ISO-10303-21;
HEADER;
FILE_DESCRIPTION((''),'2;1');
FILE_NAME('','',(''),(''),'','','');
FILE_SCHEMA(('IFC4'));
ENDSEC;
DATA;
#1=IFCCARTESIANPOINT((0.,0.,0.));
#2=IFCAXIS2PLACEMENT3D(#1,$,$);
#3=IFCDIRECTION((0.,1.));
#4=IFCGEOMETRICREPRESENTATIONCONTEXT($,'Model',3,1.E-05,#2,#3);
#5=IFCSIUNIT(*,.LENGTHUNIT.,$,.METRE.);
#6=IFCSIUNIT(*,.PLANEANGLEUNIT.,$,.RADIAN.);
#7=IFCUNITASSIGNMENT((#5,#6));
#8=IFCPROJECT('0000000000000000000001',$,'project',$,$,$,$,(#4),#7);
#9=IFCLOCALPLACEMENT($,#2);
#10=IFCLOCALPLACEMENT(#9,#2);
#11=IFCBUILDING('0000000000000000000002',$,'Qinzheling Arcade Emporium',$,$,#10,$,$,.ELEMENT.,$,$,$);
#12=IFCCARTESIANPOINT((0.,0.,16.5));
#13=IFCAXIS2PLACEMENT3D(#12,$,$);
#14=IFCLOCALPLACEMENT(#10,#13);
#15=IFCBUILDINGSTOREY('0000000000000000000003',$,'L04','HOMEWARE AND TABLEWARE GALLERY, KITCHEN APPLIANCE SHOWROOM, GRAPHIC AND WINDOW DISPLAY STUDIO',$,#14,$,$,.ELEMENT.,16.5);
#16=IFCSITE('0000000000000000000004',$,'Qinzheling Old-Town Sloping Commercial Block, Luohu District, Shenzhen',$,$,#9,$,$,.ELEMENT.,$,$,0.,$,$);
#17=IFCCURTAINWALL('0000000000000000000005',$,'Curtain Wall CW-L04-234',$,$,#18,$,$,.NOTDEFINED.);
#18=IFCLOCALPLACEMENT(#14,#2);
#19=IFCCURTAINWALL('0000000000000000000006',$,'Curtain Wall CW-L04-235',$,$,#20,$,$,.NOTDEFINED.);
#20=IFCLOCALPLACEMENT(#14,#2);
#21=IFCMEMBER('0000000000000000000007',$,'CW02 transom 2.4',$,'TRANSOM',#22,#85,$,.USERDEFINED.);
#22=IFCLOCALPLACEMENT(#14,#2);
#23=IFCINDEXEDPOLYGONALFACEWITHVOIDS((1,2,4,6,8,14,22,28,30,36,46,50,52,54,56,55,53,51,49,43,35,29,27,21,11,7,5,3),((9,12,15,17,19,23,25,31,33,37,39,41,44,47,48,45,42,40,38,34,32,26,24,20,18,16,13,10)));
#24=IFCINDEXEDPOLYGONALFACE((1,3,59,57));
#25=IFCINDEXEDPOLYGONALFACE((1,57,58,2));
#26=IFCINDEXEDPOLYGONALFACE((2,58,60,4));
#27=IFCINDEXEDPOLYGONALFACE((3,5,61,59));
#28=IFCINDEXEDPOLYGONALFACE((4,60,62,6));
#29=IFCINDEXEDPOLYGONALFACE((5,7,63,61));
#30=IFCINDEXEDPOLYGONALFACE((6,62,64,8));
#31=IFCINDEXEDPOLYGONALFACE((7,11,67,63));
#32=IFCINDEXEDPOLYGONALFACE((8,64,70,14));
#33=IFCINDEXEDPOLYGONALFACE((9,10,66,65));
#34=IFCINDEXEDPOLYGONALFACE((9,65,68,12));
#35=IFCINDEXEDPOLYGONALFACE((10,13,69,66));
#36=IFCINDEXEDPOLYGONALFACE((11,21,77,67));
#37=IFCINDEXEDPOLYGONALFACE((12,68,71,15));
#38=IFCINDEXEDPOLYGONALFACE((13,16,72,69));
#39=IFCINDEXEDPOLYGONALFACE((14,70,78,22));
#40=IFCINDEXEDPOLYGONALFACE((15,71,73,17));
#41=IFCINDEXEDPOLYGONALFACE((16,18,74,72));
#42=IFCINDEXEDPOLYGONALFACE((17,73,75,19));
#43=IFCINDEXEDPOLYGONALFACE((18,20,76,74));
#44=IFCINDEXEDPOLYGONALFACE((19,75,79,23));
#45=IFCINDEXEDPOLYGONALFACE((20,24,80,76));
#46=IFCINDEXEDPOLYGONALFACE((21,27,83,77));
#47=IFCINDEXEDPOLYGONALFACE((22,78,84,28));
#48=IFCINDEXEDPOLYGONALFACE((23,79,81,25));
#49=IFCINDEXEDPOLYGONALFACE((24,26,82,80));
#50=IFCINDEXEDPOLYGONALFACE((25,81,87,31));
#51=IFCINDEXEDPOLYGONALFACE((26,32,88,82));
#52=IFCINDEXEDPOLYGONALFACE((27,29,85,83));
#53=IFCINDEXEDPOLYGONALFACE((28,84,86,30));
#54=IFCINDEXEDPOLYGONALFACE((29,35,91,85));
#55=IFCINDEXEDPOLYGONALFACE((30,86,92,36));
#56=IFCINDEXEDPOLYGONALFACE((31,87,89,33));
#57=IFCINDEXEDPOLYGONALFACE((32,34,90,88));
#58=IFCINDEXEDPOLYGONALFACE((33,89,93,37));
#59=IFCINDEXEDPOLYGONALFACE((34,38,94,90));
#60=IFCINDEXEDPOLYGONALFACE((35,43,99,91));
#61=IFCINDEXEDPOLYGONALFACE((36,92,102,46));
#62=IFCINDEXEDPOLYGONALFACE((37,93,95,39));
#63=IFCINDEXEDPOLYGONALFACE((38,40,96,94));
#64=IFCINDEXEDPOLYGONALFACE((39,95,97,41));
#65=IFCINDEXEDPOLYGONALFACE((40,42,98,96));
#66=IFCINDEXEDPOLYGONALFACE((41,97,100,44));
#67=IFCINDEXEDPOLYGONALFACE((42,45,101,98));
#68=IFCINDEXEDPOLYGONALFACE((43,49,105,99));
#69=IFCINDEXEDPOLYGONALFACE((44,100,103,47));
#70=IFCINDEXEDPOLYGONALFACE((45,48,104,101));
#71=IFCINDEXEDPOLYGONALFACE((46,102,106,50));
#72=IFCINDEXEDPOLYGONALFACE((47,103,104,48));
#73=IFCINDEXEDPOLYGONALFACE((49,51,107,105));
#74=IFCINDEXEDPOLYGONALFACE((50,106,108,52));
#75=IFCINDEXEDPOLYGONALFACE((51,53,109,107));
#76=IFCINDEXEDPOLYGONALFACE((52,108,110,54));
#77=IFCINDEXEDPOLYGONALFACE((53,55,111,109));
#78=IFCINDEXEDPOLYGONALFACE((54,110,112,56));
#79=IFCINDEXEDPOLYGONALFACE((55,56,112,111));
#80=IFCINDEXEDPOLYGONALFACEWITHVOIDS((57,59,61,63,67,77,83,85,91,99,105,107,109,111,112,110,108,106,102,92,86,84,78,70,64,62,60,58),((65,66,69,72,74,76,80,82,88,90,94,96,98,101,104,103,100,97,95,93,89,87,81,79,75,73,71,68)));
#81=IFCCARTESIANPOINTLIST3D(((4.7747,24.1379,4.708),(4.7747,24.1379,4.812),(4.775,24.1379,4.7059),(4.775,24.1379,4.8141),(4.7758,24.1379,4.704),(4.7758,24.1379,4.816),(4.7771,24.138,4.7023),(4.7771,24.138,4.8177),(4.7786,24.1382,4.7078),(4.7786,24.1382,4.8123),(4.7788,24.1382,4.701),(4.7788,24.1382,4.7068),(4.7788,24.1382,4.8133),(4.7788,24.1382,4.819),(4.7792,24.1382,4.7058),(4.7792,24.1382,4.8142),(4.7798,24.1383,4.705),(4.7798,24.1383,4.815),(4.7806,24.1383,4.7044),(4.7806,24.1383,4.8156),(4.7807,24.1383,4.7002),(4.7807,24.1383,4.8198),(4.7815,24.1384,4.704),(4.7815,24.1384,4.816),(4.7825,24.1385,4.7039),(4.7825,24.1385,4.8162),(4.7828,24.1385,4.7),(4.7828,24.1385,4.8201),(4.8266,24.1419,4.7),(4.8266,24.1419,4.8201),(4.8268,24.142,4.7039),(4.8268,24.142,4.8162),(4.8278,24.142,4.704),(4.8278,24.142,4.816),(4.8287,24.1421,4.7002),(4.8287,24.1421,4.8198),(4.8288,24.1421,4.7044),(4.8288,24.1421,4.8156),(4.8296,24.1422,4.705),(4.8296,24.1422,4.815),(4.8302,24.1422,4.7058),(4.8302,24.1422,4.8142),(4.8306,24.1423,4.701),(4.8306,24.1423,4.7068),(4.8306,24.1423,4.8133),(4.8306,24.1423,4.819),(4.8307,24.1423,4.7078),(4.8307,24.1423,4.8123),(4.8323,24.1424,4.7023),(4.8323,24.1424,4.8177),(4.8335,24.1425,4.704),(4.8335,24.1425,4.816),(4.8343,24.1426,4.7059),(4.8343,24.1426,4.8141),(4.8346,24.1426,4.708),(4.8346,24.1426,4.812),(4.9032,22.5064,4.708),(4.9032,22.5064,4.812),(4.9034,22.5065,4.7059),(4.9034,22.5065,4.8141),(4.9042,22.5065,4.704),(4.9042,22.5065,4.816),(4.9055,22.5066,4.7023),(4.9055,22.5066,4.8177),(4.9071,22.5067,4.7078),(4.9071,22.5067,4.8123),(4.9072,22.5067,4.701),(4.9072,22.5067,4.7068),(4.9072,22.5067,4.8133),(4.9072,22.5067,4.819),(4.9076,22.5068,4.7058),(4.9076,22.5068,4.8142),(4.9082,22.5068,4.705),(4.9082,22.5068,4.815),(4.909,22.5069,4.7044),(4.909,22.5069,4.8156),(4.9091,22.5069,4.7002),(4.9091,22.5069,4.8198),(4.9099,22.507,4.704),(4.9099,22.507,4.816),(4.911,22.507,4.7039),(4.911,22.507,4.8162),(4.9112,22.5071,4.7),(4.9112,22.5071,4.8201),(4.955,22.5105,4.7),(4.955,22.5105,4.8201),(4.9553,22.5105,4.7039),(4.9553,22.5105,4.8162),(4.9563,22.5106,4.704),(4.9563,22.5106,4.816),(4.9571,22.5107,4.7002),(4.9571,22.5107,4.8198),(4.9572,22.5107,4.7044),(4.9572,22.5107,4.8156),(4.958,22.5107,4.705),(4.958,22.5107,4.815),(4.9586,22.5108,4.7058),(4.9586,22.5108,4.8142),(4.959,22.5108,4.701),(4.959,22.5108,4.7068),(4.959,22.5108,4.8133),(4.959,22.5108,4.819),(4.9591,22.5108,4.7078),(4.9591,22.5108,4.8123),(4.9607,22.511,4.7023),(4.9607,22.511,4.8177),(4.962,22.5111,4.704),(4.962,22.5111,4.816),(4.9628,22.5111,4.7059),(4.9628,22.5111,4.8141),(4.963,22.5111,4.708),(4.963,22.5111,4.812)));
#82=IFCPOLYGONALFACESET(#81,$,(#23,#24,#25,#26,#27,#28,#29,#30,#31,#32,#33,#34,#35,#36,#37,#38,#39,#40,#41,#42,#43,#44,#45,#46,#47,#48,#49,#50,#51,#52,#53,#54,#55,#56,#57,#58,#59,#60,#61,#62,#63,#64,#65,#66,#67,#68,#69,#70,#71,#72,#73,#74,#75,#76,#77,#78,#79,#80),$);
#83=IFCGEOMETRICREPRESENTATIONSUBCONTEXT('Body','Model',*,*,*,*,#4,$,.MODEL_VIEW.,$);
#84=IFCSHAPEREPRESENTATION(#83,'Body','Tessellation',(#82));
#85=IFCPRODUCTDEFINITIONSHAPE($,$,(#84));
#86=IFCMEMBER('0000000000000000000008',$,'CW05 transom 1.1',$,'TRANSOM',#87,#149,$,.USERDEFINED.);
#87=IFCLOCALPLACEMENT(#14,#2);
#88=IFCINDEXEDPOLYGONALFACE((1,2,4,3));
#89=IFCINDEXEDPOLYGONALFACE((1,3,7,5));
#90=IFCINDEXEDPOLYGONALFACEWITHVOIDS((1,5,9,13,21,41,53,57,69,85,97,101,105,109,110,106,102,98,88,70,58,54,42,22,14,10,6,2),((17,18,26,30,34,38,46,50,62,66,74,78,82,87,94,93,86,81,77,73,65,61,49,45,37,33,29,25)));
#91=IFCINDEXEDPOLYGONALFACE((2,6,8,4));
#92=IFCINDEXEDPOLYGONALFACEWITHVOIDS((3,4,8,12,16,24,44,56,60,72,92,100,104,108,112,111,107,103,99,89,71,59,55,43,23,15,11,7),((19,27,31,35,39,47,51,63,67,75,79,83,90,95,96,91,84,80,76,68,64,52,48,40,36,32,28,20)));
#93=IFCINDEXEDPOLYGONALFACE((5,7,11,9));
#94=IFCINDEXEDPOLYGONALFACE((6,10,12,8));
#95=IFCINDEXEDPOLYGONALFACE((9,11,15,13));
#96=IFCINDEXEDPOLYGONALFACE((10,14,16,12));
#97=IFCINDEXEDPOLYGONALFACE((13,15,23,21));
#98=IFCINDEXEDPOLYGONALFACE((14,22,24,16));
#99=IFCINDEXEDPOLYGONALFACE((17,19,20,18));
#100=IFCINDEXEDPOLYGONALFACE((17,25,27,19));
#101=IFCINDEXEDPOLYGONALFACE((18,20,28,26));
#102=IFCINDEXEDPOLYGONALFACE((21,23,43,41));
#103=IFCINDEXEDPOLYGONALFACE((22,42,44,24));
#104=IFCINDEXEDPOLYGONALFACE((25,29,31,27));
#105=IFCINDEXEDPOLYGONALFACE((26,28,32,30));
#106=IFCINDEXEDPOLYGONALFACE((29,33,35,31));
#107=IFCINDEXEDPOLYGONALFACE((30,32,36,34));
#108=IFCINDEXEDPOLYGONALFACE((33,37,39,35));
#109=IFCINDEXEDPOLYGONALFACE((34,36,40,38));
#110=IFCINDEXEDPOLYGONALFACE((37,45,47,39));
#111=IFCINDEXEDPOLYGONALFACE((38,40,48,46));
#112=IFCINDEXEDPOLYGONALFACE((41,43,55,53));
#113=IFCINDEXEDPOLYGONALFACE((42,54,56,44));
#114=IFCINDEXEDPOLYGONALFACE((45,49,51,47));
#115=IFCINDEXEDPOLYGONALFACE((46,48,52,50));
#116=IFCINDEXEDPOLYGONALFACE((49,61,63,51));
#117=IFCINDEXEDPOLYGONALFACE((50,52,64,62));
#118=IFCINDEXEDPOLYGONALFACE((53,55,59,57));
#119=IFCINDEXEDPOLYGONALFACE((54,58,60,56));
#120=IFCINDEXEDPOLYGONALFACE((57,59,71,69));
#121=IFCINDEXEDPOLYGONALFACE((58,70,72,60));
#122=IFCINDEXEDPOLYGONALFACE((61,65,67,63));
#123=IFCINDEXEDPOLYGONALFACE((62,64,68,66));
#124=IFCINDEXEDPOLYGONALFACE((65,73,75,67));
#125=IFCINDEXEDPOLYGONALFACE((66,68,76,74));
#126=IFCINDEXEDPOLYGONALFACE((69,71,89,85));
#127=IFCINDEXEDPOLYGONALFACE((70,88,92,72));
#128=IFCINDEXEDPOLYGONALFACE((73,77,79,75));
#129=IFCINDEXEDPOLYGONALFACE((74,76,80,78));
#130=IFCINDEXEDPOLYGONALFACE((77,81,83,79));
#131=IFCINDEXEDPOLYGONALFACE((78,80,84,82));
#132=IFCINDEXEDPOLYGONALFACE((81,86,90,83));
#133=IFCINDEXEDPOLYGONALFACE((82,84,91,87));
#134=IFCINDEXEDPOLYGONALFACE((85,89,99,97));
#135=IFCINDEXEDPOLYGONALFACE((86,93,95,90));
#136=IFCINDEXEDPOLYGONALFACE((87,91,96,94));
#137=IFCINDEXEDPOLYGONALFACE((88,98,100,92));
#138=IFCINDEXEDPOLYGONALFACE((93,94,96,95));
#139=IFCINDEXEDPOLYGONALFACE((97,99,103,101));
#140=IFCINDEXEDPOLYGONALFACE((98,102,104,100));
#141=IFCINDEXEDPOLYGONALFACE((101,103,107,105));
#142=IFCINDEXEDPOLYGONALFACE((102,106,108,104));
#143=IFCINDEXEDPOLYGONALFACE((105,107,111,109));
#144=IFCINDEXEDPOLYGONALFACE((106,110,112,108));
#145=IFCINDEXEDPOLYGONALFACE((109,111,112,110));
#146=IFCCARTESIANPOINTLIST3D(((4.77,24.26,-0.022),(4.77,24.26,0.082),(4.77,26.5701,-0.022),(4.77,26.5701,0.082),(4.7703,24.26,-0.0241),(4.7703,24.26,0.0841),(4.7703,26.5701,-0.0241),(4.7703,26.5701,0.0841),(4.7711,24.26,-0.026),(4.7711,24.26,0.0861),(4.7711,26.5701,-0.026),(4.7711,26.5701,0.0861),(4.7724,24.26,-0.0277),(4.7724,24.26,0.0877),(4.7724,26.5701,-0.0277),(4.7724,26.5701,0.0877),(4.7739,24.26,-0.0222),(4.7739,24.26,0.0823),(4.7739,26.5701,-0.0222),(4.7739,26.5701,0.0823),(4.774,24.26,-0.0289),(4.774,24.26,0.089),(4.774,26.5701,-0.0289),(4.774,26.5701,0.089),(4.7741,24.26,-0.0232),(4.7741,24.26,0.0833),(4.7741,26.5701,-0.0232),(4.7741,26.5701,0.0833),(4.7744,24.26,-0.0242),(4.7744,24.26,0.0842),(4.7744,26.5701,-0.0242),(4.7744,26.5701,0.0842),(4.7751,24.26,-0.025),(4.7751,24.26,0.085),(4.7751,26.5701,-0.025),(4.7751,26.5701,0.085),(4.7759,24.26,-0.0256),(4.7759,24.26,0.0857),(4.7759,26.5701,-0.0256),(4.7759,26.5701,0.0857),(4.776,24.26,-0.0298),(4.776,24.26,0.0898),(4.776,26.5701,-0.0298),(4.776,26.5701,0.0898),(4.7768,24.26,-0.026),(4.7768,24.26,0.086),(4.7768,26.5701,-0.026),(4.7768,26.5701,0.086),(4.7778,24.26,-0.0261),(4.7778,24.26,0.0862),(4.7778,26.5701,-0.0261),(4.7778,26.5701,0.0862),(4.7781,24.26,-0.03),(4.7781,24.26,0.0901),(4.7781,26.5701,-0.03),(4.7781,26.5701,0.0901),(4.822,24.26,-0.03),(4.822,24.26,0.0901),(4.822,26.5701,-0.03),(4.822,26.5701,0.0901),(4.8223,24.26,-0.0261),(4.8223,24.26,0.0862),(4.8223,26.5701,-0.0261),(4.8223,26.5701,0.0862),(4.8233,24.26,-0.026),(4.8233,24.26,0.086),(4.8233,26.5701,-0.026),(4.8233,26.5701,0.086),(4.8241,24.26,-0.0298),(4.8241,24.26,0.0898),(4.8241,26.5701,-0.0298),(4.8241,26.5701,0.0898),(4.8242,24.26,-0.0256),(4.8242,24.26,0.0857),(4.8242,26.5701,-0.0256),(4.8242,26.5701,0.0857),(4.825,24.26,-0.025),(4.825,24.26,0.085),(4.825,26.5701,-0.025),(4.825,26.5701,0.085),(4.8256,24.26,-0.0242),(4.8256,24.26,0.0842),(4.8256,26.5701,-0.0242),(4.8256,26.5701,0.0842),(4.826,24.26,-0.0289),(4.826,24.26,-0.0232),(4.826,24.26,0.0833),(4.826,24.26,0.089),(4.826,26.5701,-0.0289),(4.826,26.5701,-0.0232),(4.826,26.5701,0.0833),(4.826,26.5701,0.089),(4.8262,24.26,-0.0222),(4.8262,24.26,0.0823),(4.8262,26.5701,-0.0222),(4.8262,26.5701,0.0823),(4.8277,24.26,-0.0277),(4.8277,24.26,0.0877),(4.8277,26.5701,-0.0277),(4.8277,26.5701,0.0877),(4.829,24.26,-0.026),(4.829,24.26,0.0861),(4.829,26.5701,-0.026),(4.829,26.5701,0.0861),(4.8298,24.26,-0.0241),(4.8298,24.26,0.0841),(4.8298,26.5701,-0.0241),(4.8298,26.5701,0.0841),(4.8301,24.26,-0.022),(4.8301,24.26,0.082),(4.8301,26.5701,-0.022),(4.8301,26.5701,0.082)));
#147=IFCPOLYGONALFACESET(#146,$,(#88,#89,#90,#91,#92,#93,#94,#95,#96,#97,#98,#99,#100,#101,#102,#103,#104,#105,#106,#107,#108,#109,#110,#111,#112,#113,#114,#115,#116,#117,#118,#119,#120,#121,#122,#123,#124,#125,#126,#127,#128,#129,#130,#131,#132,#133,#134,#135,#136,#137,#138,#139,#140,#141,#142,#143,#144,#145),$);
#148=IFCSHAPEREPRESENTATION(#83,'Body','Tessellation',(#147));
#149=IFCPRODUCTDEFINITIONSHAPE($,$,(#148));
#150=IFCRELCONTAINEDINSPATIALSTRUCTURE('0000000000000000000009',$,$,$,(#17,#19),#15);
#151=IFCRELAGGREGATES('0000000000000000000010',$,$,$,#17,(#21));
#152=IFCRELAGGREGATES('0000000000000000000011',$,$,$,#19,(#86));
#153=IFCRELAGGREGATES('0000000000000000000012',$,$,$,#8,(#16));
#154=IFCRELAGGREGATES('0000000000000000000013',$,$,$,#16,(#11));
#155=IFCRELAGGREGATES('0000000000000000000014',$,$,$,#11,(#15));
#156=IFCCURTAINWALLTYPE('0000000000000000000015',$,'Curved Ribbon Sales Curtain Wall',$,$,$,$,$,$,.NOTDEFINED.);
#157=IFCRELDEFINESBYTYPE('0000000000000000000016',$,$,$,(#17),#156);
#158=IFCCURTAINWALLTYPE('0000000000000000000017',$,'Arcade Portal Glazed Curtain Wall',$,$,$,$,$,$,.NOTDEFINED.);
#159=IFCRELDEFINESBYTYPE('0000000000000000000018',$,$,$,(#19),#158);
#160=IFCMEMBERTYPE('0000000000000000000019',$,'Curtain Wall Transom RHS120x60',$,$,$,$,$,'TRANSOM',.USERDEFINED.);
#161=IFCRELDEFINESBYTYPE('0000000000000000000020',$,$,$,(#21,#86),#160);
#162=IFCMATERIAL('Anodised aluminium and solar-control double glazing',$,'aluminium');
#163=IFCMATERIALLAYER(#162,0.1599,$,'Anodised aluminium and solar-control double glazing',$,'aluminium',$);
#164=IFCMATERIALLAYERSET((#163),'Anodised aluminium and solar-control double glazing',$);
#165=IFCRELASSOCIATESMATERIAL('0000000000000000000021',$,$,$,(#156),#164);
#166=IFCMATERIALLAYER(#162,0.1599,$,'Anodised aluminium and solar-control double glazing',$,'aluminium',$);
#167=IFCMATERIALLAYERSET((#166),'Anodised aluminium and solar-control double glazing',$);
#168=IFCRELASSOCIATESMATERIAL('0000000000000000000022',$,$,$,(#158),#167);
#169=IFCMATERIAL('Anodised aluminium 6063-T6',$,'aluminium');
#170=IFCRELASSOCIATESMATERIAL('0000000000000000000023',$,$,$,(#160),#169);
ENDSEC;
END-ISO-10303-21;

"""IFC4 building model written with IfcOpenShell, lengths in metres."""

from ifc_helpers import new_model, si_unit, direction, frame, origin, origin_2d, place, context, subcontext, project, spatial, hollow_rectangle, extrude, material, layer, layer_set, material_profile, profile_set, type_object, element, aggregate, save


model = new_model("IFC4")

# Units and contexts
model_context = context("Model", 3, precision=1e-05, world=origin(), true_north=direction((0.0, 1.0)))
body_context = subcontext(model_context, "Body", "Model", "MODEL_VIEW")
ifc_project = project(units=[si_unit("LENGTHUNIT", "METRE"), si_unit("PLANEANGLEUNIT", "RADIAN")], contexts=[model_context])

# Site, building, storey
site_placement = place(None, origin())
site = spatial("IfcSite", under=ifc_project, at=site_placement, Name="Qinzheling Old-Town Sloping Commercial Block, Luohu District, Shenzhen", CompositionType="ELEMENT", RefElevation=0.0)
building_placement = place(site_placement, origin())
building = spatial("IfcBuilding", under=site, at=building_placement, Name="Qinzheling Arcade Emporium", CompositionType="ELEMENT")
storey_placement = place(building_placement, frame((0.0, 0.0, 16.5)))
storey = spatial("IfcBuildingStorey", under=building, at=storey_placement, Name="L04", Description="HOMEWARE AND TABLEWARE GALLERY, KITCHEN APPLIANCE SHOWROOM, GRAPHIC AND WINDOW DISPLAY STUDIO", CompositionType="ELEMENT", Elevation=16.5)

# Curtain walls
ifc_material_1 = material(Name="Anodised aluminium and solar-control double glazing", Category="aluminium")
ifc_layer_1 = layer(ifc_material_1, 0.1599, Name="Anodised aluminium and solar-control double glazing", Category="aluminium")
ifc_layer_set_1 = layer_set([ifc_layer_1], Name="Anodised aluminium and solar-control double glazing")
curtain_wall_type_1 = type_object("IfcCurtainWallType", Name="Curved Ribbon Sales Curtain Wall", PredefinedType="NOTDEFINED", material=ifc_layer_set_1)
ifc_material_2 = material(Name="Anodised aluminium 6063-T6", Category="aluminium")
curtain_wall_1_placement = place(storey_placement, origin())
curtain_wall_1 = element("IfcCurtainWall", 1, at=curtain_wall_1_placement, inside=storey, type_object=curtain_wall_type_1, Name="Curtain Wall CW-L04-234", PredefinedType="NOTDEFINED")
ifc_layer_2 = layer(ifc_material_1, 0.1599, Name="Anodised aluminium and solar-control double glazing", Category="aluminium")
ifc_layer_set_2 = layer_set([ifc_layer_2], Name="Anodised aluminium and solar-control double glazing")
curtain_wall_type_2 = type_object("IfcCurtainWallType", Name="Arcade Portal Glazed Curtain Wall", PredefinedType="NOTDEFINED", material=ifc_layer_set_2)
curtain_wall_2_placement = place(storey_placement, origin())
curtain_wall_2 = element("IfcCurtainWall", 2, at=curtain_wall_2_placement, inside=storey, type_object=curtain_wall_type_2, Name="Curtain Wall CW-L04-235", PredefinedType="NOTDEFINED")

# Members
ifc_material_profile_1 = material_profile(ifc_material_2, hollow_rectangle(XDim=0.0601, YDim=0.1201, WallThickness=0.0039, InnerFilletRadius=0.0039, OuterFilletRadius=0.0081, at=origin_2d()), Name="RHS 120x60x4", Category="aluminium")
ifc_profile_set_1 = profile_set([ifc_material_profile_1], Name="Anodised aluminium 6063-T6")
member_type_1 = type_object("IfcMemberType", Name="Curtain Wall Transom RHS120x60", ElementType="TRANSOM", PredefinedType="USERDEFINED", material=ifc_profile_set_1)
member_1_placement = place(storey_placement, frame((4.9331, 22.5088, 4.76), z_axis=(-0.078476, 0.996916, 0.0), x_axis=(-0.996916, -0.078476, 0.0)))
member_1 = element("IfcMember", 3, at=member_1_placement, type_object=member_type_1, Name="CW02 transom 2.4", ObjectType="TRANSOM", PredefinedType="USERDEFINED", context=body_context, shape_type="SweptSolid", body=[
    extrude(hollow_rectangle(XDim=0.0601, YDim=0.1201, WallThickness=0.0039, InnerFilletRadius=0.0039, OuterFilletRadius=0.0081, at=origin_2d()), origin(), (0.0, 0.0, 1.0), 1.6365),
])
member_2_placement = place(storey_placement, frame((4.8, 24.26, 0.03), z_axis=(0.0, 1.0, 0.0), x_axis=(-1.0, 0.0, 0.0)))
member_2 = element("IfcMember", 4, at=member_2_placement, type_object=member_type_1, Name="CW05 transom 1.1", ObjectType="TRANSOM", PredefinedType="USERDEFINED", context=body_context, shape_type="SweptSolid", body=[
    extrude(hollow_rectangle(XDim=0.0601, YDim=0.1201, WallThickness=0.0039, InnerFilletRadius=0.0039, OuterFilletRadius=0.0081, at=origin_2d()), origin(), (0.0, 0.0, 1.0), 2.3101),
])

aggregate(curtain_wall_1, [member_1])
aggregate(curtain_wall_2, [member_2])

save(model, "model.ifc")
